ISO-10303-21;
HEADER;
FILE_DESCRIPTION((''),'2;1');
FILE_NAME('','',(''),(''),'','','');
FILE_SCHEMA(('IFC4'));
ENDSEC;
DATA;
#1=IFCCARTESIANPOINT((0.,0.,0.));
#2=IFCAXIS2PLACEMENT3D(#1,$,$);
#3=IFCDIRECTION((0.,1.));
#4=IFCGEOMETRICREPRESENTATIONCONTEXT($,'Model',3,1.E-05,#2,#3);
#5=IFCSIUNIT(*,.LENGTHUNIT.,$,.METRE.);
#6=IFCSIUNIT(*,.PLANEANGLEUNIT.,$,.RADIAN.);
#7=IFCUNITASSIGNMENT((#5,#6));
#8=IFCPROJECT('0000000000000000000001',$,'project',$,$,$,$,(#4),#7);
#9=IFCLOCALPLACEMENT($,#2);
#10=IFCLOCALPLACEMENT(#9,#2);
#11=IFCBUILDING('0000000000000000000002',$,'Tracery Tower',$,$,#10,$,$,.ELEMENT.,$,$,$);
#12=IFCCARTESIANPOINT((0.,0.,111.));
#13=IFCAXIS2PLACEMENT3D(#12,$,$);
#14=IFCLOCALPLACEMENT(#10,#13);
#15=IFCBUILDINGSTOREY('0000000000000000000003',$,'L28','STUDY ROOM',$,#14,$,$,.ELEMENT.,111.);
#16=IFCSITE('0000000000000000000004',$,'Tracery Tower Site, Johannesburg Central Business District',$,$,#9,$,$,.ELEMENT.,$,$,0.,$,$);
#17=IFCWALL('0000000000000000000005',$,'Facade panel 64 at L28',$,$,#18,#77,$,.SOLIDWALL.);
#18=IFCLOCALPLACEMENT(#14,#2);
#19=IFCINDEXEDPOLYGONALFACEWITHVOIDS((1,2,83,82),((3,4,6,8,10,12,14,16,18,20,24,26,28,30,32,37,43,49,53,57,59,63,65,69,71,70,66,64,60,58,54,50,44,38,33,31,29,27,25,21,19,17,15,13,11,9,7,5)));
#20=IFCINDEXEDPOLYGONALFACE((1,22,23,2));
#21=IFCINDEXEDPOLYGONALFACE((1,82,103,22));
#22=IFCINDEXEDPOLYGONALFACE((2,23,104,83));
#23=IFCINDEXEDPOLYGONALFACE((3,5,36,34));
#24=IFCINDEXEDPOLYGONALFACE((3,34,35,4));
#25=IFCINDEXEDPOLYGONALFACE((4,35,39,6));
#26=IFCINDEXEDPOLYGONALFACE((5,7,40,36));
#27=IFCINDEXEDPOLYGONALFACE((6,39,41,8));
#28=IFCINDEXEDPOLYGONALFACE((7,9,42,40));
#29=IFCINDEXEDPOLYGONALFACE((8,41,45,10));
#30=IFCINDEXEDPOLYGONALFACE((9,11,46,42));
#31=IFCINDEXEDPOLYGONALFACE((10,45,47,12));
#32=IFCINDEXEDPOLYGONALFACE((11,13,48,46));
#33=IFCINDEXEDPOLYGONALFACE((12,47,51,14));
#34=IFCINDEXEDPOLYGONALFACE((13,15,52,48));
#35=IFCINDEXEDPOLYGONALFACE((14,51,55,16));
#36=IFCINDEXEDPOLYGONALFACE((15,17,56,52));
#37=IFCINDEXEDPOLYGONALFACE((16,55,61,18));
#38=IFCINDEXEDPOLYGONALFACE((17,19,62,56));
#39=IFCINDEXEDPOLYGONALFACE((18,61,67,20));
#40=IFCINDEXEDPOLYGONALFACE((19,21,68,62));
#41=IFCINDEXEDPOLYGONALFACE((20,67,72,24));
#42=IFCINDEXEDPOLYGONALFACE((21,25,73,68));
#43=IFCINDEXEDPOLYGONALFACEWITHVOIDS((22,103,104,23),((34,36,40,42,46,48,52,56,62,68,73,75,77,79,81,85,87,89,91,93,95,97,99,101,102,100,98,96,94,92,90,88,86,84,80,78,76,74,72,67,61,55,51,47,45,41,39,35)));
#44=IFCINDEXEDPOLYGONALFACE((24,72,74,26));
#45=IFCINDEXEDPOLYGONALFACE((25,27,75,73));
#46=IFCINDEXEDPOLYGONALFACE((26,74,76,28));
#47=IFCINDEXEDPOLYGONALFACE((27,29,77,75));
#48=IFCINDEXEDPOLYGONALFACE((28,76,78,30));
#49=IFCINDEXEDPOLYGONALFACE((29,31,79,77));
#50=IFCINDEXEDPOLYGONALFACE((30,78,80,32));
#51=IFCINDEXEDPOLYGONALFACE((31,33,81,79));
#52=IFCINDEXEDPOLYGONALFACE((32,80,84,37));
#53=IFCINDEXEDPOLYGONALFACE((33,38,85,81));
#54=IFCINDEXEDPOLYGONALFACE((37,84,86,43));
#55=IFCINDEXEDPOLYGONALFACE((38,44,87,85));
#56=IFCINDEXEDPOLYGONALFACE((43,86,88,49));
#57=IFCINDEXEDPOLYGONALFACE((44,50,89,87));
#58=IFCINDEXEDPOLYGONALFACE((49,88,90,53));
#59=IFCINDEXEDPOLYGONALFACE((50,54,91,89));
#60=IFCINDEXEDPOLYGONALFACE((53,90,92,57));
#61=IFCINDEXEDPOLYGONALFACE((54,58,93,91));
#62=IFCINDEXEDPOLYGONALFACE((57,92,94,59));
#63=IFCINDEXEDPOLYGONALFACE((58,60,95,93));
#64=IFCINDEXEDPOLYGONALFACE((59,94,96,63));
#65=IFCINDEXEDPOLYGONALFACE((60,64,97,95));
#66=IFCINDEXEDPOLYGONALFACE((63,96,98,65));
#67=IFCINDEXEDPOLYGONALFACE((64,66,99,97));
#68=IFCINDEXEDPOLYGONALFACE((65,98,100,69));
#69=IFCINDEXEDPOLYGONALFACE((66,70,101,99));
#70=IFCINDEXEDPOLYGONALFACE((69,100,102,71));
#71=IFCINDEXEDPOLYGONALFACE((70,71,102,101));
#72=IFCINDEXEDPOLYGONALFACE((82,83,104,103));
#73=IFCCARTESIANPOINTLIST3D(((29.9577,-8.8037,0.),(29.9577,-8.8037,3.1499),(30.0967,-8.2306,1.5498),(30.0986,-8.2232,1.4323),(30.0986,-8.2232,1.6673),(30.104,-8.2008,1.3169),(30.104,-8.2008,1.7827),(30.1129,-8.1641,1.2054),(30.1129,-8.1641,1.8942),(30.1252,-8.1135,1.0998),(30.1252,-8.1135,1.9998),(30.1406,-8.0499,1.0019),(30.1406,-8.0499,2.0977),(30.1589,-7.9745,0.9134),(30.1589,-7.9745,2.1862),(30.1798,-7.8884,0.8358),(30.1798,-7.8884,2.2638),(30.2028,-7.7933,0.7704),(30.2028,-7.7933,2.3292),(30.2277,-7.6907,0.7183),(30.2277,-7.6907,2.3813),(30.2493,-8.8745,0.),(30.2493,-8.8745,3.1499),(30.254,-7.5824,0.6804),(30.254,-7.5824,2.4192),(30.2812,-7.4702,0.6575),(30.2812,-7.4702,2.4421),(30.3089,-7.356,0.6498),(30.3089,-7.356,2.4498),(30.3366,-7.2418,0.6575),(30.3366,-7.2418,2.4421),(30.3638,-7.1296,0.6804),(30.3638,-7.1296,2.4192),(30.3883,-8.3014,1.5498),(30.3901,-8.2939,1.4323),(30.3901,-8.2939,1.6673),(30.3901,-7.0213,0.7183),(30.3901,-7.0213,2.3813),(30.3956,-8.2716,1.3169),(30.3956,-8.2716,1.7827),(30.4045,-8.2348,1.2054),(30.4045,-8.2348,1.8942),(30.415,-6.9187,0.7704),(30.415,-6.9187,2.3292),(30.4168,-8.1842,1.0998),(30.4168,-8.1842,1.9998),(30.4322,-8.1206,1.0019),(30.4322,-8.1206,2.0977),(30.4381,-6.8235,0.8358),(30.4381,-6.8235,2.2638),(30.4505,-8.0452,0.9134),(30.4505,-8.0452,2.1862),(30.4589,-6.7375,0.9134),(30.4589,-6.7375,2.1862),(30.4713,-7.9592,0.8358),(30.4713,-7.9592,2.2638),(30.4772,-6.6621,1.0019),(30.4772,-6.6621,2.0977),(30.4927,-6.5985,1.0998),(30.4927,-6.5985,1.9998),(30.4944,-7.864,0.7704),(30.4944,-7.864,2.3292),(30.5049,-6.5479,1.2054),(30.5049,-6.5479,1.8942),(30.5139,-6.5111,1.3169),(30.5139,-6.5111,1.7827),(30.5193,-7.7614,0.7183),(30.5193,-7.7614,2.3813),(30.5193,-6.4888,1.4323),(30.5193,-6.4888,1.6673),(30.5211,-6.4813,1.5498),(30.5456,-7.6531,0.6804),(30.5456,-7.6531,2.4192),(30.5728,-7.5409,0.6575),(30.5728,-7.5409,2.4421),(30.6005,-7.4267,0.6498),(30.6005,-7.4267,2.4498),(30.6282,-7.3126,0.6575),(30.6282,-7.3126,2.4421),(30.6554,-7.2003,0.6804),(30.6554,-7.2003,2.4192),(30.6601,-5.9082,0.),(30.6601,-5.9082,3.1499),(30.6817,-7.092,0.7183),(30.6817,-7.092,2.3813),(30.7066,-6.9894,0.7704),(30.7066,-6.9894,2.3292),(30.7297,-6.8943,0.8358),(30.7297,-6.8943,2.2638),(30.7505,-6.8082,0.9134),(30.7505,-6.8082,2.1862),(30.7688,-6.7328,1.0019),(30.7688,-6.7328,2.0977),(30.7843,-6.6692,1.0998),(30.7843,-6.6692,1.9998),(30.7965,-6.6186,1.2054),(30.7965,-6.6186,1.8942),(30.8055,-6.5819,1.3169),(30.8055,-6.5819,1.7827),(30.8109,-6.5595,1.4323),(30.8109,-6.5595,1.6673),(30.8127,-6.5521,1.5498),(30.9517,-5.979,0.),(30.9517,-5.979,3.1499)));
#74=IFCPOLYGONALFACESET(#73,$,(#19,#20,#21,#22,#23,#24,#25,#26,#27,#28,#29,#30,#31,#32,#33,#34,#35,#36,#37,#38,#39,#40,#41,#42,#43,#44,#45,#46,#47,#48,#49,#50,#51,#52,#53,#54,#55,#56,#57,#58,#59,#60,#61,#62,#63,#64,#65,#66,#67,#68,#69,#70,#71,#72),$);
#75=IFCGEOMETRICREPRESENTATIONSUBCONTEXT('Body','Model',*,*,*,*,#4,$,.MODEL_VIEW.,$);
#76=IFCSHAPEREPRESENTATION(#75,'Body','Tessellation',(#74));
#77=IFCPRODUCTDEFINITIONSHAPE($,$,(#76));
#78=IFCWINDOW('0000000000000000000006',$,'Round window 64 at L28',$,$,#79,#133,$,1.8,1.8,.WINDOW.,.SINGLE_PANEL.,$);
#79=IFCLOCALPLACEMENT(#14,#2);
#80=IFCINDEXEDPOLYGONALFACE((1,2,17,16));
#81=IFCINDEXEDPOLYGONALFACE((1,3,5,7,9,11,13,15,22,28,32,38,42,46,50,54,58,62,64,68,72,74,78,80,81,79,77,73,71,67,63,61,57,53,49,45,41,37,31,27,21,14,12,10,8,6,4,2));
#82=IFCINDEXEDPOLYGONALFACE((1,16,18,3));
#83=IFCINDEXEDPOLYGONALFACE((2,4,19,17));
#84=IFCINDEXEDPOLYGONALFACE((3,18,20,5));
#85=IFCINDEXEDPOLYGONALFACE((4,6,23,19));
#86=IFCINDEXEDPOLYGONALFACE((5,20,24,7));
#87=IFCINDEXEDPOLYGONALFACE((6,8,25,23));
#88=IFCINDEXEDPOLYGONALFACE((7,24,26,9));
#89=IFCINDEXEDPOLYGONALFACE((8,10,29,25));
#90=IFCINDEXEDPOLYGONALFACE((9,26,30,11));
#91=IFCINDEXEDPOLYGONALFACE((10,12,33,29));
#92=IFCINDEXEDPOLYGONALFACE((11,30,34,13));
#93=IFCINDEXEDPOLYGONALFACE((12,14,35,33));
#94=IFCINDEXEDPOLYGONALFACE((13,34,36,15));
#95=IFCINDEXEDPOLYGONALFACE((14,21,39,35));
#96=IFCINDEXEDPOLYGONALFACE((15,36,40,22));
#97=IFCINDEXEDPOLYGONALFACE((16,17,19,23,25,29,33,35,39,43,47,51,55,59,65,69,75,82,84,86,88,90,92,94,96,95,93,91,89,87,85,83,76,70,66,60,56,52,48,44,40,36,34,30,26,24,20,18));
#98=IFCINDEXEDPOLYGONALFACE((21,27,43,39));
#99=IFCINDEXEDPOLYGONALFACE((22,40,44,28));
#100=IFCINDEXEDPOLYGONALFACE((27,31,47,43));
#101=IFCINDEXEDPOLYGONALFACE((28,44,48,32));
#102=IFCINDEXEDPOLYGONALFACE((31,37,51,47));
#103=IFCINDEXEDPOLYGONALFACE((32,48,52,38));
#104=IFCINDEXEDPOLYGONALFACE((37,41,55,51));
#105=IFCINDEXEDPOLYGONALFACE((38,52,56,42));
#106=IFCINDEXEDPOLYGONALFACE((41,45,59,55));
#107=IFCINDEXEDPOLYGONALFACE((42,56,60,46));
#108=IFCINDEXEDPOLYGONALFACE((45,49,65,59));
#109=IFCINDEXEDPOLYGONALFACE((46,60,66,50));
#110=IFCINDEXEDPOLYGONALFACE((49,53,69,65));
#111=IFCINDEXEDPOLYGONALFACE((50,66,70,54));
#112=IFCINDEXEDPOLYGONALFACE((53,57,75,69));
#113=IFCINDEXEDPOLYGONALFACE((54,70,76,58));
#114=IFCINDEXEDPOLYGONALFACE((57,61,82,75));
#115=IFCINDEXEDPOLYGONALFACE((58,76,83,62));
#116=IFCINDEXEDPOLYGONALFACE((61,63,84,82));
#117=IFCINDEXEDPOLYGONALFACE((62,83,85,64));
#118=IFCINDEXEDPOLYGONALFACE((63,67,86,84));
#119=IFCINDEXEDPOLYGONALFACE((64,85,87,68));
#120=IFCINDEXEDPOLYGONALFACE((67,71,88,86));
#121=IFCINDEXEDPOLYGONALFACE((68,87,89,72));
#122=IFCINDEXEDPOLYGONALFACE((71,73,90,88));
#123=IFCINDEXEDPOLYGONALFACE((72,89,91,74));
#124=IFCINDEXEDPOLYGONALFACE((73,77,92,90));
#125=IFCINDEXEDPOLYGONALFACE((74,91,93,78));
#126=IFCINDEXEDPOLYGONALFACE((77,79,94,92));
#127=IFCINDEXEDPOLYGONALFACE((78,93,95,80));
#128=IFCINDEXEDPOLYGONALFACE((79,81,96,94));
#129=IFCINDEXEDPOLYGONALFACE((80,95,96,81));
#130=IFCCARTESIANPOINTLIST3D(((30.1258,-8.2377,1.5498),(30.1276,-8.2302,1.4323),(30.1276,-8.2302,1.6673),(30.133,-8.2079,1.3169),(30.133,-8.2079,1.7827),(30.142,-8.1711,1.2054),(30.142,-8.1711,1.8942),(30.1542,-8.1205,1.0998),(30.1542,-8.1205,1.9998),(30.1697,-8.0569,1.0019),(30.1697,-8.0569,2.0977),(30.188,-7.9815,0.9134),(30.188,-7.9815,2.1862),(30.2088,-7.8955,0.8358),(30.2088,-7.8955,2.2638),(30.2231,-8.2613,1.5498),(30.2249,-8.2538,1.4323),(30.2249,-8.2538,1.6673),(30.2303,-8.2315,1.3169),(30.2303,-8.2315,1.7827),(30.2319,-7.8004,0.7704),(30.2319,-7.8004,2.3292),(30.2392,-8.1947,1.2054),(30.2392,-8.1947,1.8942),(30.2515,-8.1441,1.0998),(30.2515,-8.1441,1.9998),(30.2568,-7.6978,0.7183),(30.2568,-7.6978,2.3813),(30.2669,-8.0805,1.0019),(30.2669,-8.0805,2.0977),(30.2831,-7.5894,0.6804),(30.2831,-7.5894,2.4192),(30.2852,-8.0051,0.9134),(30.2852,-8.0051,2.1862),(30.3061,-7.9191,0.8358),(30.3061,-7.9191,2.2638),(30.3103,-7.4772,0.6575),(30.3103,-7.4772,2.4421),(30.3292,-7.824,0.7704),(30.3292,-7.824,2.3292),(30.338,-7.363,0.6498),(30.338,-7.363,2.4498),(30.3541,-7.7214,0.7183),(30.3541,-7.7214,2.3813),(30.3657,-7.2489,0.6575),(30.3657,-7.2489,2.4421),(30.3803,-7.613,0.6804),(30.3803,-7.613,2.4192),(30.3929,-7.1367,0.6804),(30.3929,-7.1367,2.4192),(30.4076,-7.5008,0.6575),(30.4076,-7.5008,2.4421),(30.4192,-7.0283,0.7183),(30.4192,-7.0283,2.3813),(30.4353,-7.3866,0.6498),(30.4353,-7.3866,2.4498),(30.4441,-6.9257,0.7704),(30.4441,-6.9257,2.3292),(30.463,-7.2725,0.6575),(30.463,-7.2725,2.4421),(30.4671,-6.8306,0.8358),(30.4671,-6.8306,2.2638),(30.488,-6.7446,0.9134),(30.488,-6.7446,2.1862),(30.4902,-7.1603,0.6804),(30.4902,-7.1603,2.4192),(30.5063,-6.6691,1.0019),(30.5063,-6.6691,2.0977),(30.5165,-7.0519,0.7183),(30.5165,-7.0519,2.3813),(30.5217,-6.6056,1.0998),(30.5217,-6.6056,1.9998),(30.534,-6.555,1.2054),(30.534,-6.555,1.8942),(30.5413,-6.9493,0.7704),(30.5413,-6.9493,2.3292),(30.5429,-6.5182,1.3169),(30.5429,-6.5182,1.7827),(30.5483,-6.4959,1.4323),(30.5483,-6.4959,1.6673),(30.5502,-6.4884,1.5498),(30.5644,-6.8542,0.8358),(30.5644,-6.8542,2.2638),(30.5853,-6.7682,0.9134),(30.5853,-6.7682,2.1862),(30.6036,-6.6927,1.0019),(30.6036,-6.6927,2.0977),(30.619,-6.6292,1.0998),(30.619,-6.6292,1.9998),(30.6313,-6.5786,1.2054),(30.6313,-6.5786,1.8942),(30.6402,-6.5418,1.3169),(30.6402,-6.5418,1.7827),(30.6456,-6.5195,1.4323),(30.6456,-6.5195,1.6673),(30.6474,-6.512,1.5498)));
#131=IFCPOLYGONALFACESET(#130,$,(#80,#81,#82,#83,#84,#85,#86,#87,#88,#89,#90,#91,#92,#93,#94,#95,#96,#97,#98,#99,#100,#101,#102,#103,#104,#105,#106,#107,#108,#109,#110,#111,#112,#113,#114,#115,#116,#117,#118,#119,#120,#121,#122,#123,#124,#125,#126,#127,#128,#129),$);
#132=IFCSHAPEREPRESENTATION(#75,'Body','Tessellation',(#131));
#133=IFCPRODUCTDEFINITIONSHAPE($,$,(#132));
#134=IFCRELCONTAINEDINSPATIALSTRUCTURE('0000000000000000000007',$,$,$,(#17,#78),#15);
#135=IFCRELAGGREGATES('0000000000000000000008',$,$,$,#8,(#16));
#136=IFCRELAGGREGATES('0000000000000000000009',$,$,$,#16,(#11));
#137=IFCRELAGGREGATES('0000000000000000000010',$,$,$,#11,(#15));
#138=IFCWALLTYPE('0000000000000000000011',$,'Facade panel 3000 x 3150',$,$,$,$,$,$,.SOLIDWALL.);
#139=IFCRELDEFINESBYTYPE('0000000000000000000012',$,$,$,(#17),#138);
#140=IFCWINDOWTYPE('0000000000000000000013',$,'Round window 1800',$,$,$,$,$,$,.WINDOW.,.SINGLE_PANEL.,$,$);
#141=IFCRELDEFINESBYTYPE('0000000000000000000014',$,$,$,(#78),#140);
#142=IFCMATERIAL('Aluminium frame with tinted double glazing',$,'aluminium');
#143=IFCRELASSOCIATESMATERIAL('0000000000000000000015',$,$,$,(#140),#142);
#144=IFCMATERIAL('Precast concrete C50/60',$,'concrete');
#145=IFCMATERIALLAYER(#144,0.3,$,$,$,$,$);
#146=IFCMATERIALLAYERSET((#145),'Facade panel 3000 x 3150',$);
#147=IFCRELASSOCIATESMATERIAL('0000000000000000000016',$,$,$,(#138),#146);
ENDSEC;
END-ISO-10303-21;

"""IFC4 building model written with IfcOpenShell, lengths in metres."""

from ifc_helpers import new_model, si_unit, direction, frame, frame_2d, origin, origin_2d, place, context, subcontext, project, spatial, rectangle, circle, extrude, material, layer, layer_set, type_object, element, fill, save


model = new_model("IFC4")

# Units and contexts
model_context = context("Model", 3, precision=1e-05, world=origin(), true_north=direction((0.0, 1.0)))
body_context = subcontext(model_context, "Body", "Model", "MODEL_VIEW")
ifc_project = project(units=[si_unit("LENGTHUNIT", "METRE"), si_unit("PLANEANGLEUNIT", "RADIAN")], contexts=[model_context])

# Site, building, storey
site_placement = place(None, origin())
site = spatial("IfcSite", under=ifc_project, at=site_placement, Name="Tracery Tower Site, Johannesburg Central Business District", CompositionType="ELEMENT", RefElevation=0.0)
building_placement = place(site_placement, origin())
building = spatial("IfcBuilding", under=site, at=building_placement, Name="Tracery Tower", CompositionType="ELEMENT")
storey_placement = place(building_placement, frame((0.0, 0.0, 111.0)))
storey = spatial("IfcBuildingStorey", under=building, at=storey_placement, Name="L28", Description="STUDY ROOM", CompositionType="ELEMENT", Elevation=111.0)

# Wall, opening, window
ifc_material_1 = material(Name="Aluminium frame with tinted double glazing", Category="aluminium")
window_type = type_object("IfcWindowType", Name="Round window 1800", PartitioningType="SINGLE_PANEL", PredefinedType="WINDOW", material=ifc_material_1)
ifc_material_2 = material(Name="Precast concrete C50/60", Category="concrete")
ifc_layer_1 = layer(ifc_material_2, 0.3)
ifc_layer_set_1 = layer_set([ifc_layer_1], Name="Facade panel 3000 x 3150")
wall_type_1 = type_object("IfcWallType", Name="Facade panel 3000 x 3150", PredefinedType="SOLIDWALL", material=ifc_layer_set_1)
wall_1_placement = place(storey_placement, frame((30.1035, -8.8391, 0.0), z_axis=(0.0, 0.0, 1.0), x_axis=(0.235743, 0.971815, 0.0)))
wall_1 = element("IfcWall", 1, at=wall_1_placement, inside=storey, type_object=wall_type_1, Name="Facade panel 64 at L28", PredefinedType="SOLIDWALL", context=body_context, shape_type="SweptSolid", body=[
    extrude(rectangle(XDim=2.9795, YDim=0.3, at=frame_2d((1.4897, 0.0))), origin(), (0.0, 0.0, 1.0), 3.1499),
])
opening_1_placement = place(wall_1_placement, frame((1.4897, 0.0, 1.5498)))
opening_1 = element("IfcOpeningElement", 2, at=opening_1_placement, cuts=wall_1, PredefinedType="OPENING", context=body_context, shape_type="SweptSolid", body=[
    extrude(circle(Radius=0.9, at=origin_2d()), frame((0.0, 0.1599, 0.0), z_axis=(0.0, -1.0, 0.0), x_axis=(1.0, 0.0, 0.0)), (0.0, 0.0, 1.0), 0.3201),
])
window_1_placement = place(opening_1_placement, origin())
window_1 = element("IfcWindow", 3, at=window_1_placement, inside=storey, type_object=window_type, Name="Round window 64 at L28", OverallHeight=1.8, OverallWidth=1.8, PartitioningType="SINGLE_PANEL", PredefinedType="WINDOW", context=body_context, shape_type="SweptSolid", body=[
    extrude(circle(Radius=0.9, at=origin_2d()), frame((0.0, 0.1201, 0.0), z_axis=(0.0, -1.0, 0.0), x_axis=(1.0, 0.0, 0.0)), (0.0, 0.0, 1.0), 0.1001),
])
fill(opening_1, window_1)

save(model, "model.ifc")
